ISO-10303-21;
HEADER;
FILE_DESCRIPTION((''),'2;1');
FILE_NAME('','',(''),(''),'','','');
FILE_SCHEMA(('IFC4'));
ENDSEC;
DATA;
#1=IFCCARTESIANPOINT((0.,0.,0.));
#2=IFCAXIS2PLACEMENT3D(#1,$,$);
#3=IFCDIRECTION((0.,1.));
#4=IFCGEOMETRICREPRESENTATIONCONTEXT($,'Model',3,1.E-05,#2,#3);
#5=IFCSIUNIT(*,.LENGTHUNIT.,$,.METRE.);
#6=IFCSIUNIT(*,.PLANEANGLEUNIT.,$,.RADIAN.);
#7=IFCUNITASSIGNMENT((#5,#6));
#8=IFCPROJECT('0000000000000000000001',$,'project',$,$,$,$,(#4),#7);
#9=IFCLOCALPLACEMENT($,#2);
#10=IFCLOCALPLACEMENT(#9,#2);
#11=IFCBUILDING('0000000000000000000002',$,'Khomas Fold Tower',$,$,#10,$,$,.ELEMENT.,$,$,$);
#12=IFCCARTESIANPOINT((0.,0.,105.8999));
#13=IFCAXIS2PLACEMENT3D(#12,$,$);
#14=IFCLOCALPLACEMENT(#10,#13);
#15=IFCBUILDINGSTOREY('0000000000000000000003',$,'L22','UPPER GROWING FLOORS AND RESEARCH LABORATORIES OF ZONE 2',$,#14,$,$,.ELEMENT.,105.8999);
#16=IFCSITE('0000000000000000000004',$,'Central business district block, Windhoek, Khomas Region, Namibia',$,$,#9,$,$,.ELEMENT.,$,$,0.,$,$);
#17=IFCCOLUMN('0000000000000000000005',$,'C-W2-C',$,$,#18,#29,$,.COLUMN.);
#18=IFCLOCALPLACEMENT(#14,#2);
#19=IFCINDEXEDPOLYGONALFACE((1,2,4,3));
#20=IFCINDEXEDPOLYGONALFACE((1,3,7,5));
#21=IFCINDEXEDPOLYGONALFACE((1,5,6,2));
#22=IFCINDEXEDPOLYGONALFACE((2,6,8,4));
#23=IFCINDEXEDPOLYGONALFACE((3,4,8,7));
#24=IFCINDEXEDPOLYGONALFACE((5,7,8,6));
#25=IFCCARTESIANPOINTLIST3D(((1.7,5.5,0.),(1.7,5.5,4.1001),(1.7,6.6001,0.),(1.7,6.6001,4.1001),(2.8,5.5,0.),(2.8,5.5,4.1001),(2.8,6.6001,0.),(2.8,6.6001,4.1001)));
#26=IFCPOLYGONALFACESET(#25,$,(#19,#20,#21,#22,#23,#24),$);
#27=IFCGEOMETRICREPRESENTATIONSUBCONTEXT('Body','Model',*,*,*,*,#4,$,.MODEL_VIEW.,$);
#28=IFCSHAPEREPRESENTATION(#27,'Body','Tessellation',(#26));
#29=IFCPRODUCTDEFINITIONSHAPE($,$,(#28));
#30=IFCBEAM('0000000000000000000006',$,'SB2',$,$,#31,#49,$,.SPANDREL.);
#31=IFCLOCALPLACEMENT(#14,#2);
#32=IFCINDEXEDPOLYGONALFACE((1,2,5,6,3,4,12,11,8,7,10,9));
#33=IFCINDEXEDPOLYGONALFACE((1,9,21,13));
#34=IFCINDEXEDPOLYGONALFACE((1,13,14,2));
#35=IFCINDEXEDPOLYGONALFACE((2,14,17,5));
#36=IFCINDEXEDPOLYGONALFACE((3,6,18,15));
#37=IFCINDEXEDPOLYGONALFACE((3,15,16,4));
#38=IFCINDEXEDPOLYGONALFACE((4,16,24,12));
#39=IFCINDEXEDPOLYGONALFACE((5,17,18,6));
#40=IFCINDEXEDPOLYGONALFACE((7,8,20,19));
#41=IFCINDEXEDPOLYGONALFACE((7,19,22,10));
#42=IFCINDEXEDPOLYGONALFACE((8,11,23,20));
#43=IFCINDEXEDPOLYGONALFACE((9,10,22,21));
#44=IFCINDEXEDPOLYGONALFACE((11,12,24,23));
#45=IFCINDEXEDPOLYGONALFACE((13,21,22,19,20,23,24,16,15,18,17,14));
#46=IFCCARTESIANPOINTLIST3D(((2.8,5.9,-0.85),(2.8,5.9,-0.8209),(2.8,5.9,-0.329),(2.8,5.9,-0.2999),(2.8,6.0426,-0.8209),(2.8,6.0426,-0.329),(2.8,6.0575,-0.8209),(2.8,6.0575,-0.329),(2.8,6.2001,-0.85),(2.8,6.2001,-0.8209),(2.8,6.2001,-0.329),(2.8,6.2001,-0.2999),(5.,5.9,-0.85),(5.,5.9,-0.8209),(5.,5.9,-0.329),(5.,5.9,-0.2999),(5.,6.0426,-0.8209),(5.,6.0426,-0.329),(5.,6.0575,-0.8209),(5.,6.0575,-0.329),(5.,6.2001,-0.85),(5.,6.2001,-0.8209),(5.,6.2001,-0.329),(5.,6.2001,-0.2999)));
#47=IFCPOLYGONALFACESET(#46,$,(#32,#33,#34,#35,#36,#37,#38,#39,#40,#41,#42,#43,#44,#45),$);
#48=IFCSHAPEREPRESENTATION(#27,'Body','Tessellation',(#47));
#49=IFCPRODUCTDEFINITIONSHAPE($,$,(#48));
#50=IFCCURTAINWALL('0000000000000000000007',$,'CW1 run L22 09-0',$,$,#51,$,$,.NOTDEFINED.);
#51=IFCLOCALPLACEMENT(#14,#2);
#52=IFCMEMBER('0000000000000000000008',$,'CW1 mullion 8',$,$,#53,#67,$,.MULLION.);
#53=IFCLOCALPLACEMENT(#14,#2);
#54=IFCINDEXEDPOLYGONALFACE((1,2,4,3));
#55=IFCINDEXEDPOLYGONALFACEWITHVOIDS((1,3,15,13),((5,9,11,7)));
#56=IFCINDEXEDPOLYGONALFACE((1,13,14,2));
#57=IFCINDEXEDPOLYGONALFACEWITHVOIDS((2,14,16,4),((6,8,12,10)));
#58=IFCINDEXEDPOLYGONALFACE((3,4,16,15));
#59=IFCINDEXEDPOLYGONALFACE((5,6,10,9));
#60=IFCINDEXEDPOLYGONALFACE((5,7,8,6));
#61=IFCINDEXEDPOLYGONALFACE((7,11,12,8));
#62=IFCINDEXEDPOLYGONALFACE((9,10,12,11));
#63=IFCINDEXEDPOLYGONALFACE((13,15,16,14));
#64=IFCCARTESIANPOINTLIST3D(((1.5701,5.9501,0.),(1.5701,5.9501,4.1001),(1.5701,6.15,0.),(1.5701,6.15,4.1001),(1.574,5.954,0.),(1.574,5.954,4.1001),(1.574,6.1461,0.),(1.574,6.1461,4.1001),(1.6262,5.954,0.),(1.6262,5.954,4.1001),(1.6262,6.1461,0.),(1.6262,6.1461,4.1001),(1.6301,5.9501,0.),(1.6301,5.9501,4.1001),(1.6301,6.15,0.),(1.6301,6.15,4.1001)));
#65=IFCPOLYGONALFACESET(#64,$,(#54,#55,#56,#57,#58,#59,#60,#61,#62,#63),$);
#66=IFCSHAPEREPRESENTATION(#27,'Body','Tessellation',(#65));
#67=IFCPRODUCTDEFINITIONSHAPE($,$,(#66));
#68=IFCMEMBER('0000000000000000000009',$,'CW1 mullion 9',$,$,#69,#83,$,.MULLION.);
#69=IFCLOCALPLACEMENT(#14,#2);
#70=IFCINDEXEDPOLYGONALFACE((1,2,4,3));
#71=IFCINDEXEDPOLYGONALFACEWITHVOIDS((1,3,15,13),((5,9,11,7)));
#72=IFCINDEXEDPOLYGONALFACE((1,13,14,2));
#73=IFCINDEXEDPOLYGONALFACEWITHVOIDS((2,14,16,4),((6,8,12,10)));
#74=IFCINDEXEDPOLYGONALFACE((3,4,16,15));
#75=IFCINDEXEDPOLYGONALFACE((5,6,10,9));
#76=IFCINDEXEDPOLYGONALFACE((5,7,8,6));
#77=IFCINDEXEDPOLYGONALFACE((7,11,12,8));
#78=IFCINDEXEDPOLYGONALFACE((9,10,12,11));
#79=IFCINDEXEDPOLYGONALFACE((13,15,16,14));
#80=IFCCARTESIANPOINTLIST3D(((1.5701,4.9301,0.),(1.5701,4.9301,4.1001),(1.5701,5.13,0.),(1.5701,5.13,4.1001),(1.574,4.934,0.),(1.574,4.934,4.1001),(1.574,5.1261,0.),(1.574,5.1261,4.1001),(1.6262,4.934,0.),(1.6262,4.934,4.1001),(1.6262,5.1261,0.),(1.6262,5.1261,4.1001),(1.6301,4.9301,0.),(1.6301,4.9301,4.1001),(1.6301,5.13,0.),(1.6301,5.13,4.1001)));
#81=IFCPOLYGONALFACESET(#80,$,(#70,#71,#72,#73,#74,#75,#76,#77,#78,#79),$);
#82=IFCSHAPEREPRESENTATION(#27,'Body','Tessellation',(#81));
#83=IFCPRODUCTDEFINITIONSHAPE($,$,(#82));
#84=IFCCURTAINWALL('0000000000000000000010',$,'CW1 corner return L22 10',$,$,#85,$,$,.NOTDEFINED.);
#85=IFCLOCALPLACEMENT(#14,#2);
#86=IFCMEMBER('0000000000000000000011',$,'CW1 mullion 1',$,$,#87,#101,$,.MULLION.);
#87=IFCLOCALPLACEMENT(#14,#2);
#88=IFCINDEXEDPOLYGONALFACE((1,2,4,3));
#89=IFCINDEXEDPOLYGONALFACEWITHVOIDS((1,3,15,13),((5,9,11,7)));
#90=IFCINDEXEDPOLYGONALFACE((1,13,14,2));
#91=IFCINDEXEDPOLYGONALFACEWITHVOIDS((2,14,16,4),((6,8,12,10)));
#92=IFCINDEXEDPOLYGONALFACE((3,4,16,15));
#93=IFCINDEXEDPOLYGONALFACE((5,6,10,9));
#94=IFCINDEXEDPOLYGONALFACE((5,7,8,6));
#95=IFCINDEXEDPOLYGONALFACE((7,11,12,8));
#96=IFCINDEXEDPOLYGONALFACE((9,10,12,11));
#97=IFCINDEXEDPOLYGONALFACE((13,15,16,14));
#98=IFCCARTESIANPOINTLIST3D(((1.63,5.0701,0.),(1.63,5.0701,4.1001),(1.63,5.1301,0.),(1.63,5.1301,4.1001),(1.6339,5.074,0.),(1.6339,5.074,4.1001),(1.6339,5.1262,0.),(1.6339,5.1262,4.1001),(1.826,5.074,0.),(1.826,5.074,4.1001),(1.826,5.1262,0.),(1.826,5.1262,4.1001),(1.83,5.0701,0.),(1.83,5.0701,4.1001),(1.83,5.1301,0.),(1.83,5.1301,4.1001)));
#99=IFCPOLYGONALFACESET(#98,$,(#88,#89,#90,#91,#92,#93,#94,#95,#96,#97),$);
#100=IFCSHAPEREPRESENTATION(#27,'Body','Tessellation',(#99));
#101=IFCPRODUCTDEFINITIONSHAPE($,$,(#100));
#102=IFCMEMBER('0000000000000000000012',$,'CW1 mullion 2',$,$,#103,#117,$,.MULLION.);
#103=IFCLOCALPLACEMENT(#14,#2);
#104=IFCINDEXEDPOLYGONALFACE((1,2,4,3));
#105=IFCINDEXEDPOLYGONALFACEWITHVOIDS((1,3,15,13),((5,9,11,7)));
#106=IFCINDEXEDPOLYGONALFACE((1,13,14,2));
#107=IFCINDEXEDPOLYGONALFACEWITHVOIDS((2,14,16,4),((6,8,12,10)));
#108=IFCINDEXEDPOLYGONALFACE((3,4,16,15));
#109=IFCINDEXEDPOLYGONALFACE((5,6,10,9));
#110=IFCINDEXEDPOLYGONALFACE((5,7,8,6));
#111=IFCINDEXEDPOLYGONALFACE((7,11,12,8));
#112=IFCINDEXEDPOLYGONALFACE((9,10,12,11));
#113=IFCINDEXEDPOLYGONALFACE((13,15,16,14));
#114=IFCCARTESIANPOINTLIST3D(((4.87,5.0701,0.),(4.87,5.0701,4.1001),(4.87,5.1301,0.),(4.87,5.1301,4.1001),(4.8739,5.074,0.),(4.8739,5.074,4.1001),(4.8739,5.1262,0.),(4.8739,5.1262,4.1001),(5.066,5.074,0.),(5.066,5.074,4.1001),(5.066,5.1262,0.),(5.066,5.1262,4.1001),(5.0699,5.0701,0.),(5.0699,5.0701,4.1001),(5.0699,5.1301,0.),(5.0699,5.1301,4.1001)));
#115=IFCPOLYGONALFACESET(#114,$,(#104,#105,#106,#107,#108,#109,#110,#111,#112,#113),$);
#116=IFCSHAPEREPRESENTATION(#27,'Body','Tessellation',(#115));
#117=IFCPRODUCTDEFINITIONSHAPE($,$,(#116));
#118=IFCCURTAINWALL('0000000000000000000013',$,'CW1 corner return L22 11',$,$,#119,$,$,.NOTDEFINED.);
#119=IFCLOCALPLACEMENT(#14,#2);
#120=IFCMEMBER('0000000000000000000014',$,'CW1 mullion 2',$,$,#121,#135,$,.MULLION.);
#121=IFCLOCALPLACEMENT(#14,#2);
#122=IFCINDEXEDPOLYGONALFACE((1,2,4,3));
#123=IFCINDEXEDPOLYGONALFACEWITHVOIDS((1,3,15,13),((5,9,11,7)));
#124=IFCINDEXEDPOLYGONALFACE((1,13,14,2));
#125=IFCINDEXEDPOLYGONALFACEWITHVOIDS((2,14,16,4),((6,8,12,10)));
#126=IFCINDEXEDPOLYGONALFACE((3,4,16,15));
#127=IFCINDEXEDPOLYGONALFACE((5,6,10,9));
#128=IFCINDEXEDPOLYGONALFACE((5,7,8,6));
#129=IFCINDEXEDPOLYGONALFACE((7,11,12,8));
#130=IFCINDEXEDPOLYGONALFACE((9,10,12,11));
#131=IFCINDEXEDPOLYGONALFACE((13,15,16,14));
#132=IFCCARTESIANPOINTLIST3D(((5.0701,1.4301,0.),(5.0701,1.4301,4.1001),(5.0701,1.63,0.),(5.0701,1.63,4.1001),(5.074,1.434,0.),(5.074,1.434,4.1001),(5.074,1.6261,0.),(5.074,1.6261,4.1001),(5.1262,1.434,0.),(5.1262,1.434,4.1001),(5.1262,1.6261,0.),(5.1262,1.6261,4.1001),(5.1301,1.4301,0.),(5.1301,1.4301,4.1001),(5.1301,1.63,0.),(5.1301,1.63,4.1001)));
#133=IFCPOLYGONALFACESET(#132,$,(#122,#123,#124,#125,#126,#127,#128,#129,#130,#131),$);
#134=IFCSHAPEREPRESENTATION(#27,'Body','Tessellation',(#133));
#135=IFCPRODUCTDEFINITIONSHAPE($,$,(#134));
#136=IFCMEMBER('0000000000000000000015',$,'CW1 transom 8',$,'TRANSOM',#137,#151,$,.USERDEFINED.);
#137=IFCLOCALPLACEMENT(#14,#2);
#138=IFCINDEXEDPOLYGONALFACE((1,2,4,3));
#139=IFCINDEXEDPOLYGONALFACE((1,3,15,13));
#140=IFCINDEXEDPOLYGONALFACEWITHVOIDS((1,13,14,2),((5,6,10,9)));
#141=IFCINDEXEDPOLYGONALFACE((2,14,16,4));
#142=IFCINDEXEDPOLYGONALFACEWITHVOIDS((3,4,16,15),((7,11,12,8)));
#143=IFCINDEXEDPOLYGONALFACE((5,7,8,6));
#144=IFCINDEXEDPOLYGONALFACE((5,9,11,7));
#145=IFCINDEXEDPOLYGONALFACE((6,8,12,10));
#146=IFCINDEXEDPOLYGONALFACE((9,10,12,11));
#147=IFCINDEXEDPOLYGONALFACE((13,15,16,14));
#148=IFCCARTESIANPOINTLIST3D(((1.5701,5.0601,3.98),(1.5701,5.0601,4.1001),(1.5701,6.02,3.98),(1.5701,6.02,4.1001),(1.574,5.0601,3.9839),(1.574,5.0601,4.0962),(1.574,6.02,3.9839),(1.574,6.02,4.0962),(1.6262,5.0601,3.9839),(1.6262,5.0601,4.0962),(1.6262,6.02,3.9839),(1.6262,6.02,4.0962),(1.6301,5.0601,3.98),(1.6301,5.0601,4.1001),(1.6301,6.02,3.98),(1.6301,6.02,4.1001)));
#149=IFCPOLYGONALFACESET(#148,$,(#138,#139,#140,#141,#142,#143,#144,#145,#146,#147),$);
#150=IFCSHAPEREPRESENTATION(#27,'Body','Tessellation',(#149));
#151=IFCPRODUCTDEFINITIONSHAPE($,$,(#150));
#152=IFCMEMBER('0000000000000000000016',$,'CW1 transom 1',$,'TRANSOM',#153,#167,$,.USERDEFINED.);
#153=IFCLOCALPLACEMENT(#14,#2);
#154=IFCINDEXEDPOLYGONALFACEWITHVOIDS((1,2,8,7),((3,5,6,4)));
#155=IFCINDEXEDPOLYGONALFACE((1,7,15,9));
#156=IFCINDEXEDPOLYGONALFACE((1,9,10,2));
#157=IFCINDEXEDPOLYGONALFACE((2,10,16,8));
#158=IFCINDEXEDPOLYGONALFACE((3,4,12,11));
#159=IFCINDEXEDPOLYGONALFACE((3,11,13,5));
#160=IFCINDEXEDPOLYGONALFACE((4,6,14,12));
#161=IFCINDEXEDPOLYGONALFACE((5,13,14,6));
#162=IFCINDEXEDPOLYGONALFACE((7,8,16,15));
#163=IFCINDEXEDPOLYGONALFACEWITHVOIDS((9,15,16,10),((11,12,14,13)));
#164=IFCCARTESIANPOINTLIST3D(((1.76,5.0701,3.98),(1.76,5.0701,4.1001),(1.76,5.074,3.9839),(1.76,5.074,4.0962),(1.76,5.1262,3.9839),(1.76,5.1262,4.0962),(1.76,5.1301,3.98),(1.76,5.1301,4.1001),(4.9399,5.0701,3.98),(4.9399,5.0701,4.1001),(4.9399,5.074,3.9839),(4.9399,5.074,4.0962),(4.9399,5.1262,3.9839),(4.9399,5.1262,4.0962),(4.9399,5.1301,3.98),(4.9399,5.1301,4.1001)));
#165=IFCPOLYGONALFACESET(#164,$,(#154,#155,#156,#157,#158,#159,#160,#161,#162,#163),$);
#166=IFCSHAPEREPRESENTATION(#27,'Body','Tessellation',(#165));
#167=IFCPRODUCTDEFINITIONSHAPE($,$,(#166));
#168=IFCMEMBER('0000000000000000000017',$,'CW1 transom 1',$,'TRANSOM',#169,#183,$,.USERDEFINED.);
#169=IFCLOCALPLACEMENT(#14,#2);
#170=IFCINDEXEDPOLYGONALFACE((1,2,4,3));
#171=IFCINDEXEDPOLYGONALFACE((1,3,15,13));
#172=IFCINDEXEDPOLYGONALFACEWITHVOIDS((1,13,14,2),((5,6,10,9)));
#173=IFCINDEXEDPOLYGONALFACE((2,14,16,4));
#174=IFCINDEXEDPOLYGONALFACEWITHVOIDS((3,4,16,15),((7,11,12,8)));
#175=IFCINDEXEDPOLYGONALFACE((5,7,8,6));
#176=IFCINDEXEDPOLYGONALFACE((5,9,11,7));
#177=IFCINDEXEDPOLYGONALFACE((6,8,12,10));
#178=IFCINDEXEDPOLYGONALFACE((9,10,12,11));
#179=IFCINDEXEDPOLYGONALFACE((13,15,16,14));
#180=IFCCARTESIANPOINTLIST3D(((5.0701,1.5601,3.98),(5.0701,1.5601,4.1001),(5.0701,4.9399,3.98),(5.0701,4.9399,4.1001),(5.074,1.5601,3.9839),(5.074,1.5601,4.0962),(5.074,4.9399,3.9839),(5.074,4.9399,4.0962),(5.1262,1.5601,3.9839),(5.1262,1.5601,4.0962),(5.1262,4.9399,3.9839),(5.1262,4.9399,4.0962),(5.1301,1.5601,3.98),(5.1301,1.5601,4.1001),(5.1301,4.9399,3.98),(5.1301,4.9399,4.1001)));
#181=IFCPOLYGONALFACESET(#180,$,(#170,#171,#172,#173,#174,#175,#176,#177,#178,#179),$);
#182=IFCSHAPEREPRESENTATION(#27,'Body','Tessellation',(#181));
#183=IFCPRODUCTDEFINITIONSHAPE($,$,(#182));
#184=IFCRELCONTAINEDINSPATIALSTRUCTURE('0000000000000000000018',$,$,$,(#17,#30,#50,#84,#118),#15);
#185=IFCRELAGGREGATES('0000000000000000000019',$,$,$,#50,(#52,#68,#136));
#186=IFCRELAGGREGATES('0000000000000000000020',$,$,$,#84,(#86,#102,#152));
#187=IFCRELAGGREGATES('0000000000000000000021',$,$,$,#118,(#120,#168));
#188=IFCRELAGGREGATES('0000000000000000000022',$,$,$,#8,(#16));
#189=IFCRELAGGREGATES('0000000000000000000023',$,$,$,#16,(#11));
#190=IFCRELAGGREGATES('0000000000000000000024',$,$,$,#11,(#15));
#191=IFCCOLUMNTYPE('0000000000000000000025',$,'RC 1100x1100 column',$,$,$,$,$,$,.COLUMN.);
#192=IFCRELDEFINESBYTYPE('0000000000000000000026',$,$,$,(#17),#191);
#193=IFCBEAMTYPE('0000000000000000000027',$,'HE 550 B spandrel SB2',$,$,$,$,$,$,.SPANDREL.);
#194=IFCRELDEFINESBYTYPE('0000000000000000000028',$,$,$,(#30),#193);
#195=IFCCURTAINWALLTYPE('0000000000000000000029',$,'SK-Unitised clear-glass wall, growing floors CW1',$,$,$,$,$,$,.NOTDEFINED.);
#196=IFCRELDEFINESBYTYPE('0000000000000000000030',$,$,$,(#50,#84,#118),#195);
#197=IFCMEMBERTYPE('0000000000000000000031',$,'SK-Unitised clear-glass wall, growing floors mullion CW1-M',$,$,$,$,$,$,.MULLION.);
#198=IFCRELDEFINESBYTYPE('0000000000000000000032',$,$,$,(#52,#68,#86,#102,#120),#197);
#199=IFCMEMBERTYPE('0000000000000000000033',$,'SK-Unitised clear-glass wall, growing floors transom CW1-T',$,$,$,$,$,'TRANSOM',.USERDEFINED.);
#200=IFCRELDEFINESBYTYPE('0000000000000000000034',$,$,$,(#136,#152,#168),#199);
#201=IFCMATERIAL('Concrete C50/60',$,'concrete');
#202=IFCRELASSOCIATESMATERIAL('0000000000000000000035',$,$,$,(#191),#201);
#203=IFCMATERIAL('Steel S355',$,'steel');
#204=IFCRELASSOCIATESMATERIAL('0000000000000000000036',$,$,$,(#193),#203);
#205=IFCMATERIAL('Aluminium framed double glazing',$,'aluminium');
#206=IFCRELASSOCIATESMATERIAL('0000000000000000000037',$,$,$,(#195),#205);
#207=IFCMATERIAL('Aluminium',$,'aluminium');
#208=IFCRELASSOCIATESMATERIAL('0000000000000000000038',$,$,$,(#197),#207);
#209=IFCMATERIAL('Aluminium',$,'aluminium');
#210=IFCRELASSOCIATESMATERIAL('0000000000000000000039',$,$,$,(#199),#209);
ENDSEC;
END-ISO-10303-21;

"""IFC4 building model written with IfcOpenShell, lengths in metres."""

from ifc_helpers import new_model, si_unit, direction, frame, origin, origin_2d, place, context, subcontext, project, spatial, rectangle, hollow_rectangle, i_section, extrude, source, transform, mapped, material, material_profile, profile_set, type_object, element, aggregate, save


model = new_model("IFC4")

# Units and contexts
model_context = context("Model", 3, precision=1e-05, world=origin(), true_north=direction((0.0, 1.0)))
body_context = subcontext(model_context, "Body", "Model", "MODEL_VIEW")
ifc_project = project(units=[si_unit("LENGTHUNIT", "METRE"), si_unit("PLANEANGLEUNIT", "RADIAN")], contexts=[model_context])

# Site, building, storey
site_placement = place(None, origin())
site = spatial("IfcSite", under=ifc_project, at=site_placement, Name="Central business district block, Windhoek, Khomas Region, Namibia", CompositionType="ELEMENT", RefElevation=0.0)
building_placement = place(site_placement, origin())
building = spatial("IfcBuilding", under=site, at=building_placement, Name="Khomas Fold Tower", CompositionType="ELEMENT")
storey_placement = place(building_placement, frame((0.0, 0.0, 105.8999)))
storey = spatial("IfcBuildingStorey", under=building, at=storey_placement, Name="L22", Description="UPPER GROWING FLOORS AND RESEARCH LABORATORIES OF ZONE 2", CompositionType="ELEMENT", Elevation=105.8999)

# Column
ifc_material_1 = material(Name="Concrete C50/60", Category="concrete")
ifc_material_profile_1 = material_profile(ifc_material_1, rectangle(XDim=1.1001, YDim=1.1001, at=origin_2d()), Name="RC 1100x1100")
ifc_profile_set_1 = profile_set([ifc_material_profile_1], Name="Concrete C50/60")
column_type = type_object("IfcColumnType", Name="RC 1100x1100 column", PredefinedType="COLUMN", material=ifc_profile_set_1)
shared_shape_1 = source(origin(), body_context, "Body", "SweptSolid", [
    extrude(rectangle(XDim=1.1001, YDim=1.1001, at=origin_2d()), origin(), (0.0, 0.0, 1.0), 4.1001),
])
column_placement = place(storey_placement, frame((2.25, 6.05, 0.0), z_axis=(0.0, 0.0, 1.0), x_axis=(1.0, 0.0, 0.0)))
element("IfcColumn", 1, at=column_placement, inside=storey, type_object=column_type, Name="C-W2-C", PredefinedType="COLUMN", context=body_context, shape_type="MappedRepresentation", body=[
    mapped(shared_shape_1, transform((0.0, 0.0, 0.0))),
])

# Beam
ifc_material_2 = material(Name="Steel S355", Category="steel")
ifc_material_profile_2 = material_profile(ifc_material_2, i_section(OverallWidth=0.3, OverallDepth=0.55, WebThickness=0.0149, FlangeThickness=0.0291, at=origin_2d()), Name="HE 550 B")
ifc_profile_set_2 = profile_set([ifc_material_profile_2], Name="Steel S355")
beam_type = type_object("IfcBeamType", Name="HE 550 B spandrel SB2", PredefinedType="SPANDREL", material=ifc_profile_set_2)
shared_shape_2 = source(origin(), body_context, "Body", "SweptSolid", [
    extrude(i_section(OverallWidth=0.3, OverallDepth=0.55, WebThickness=0.0149, FlangeThickness=0.0291, at=origin_2d()), origin(), (0.0, 0.0, 1.0), 2.2),
])
beam_placement = place(storey_placement, frame((2.8, 6.05, -0.575), z_axis=(1.0, 0.0, 0.0), x_axis=(0.0, 1.0, 0.0)))
element("IfcBeam", 2, at=beam_placement, inside=storey, type_object=beam_type, Name="SB2", PredefinedType="SPANDREL", context=body_context, shape_type="MappedRepresentation", body=[
    mapped(shared_shape_2, transform((0.0, 0.0, 0.0))),
])

# Curtain walls, members
ifc_material_3 = material(Name="Aluminium framed double glazing", Category="aluminium")
curtain_wall_type = type_object("IfcCurtainWallType", Name="SK-Unitised clear-glass wall, growing floors CW1", PredefinedType="NOTDEFINED", material=ifc_material_3)
curtain_wall_1_placement = place(storey_placement, origin())
curtain_wall_1 = element("IfcCurtainWall", 3, at=curtain_wall_1_placement, inside=storey, type_object=curtain_wall_type, Name="CW1 run L22 09-0", PredefinedType="NOTDEFINED")
ifc_material_4 = material(Name="Aluminium", Category="aluminium")
ifc_material_profile_3 = material_profile(ifc_material_4, hollow_rectangle(XDim=0.0601, YDim=0.2, WallThickness=0.0039, at=origin_2d()), Name="SK-Unitised clear-glass wall, growing floors mullion CW1-M")
ifc_profile_set_3 = profile_set([ifc_material_profile_3], Name="Aluminium")
member_type_1 = type_object("IfcMemberType", Name="SK-Unitised clear-glass wall, growing floors mullion CW1-M", PredefinedType="MULLION", material=ifc_profile_set_3)
shared_shape_3 = source(origin(), body_context, "Body", "SweptSolid", [
    extrude(hollow_rectangle(XDim=0.0601, YDim=0.2, WallThickness=0.0039, at=origin_2d()), origin(), (0.0, 0.0, 1.0), 4.1001),
])
member_1_placement = place(storey_placement, frame((1.6001, 6.05, 0.0), z_axis=(0.0, 0.0, 1.0), x_axis=(1.0, 0.0, 0.0)))
member_1 = element("IfcMember", 4, at=member_1_placement, type_object=member_type_1, Name="CW1 mullion 8", PredefinedType="MULLION", context=body_context, shape_type="MappedRepresentation", body=[
    mapped(shared_shape_3, transform((0.0, 0.0, 0.0))),
])
member_2_placement = place(storey_placement, frame((1.6001, 5.03, 0.0), z_axis=(0.0, 0.0, 1.0), x_axis=(1.0, 0.0, 0.0)))
member_2 = element("IfcMember", 5, at=member_2_placement, type_object=member_type_1, Name="CW1 mullion 9", PredefinedType="MULLION", context=body_context, shape_type="MappedRepresentation", body=[
    mapped(shared_shape_3, transform((0.0, 0.0, 0.0))),
])
curtain_wall_2_placement = place(storey_placement, origin())
curtain_wall_2 = element("IfcCurtainWall", 6, at=curtain_wall_2_placement, inside=storey, type_object=curtain_wall_type, Name="CW1 corner return L22 10", PredefinedType="NOTDEFINED")
member_3_placement = place(storey_placement, frame((1.73, 5.1001, 0.0), z_axis=(0.0, 0.0, 1.0), x_axis=(0.0, 1.0, 0.0)))
member_3 = element("IfcMember", 7, at=member_3_placement, type_object=member_type_1, Name="CW1 mullion 1", PredefinedType="MULLION", context=body_context, shape_type="MappedRepresentation", body=[
    mapped(shared_shape_3, transform((0.0, 0.0, 0.0))),
])
member_4_placement = place(storey_placement, frame((4.97, 5.1001, 0.0), z_axis=(0.0, 0.0, 1.0), x_axis=(0.0, 1.0, 0.0)))
member_4 = element("IfcMember", 8, at=member_4_placement, type_object=member_type_1, Name="CW1 mullion 2", PredefinedType="MULLION", context=body_context, shape_type="MappedRepresentation", body=[
    mapped(shared_shape_3, transform((0.0, 0.0, 0.0))),
])

# Curtain wall, member
curtain_wall_3_placement = place(storey_placement, origin())
curtain_wall_3 = element("IfcCurtainWall", 9, at=curtain_wall_3_placement, inside=storey, type_object=curtain_wall_type, Name="CW1 corner return L22 11", PredefinedType="NOTDEFINED")
member_5_placement = place(storey_placement, frame((5.1001, 1.53, 0.0), z_axis=(0.0, 0.0, 1.0), x_axis=(1.0, 0.0, 0.0)))
member_5 = element("IfcMember", 10, at=member_5_placement, type_object=member_type_1, Name="CW1 mullion 2", PredefinedType="MULLION", context=body_context, shape_type="MappedRepresentation", body=[
    mapped(shared_shape_3, transform((0.0, 0.0, 0.0))),
])

# Members
ifc_material_5 = material(Name="Aluminium", Category="aluminium")
ifc_material_profile_4 = material_profile(ifc_material_5, hollow_rectangle(XDim=0.0601, YDim=0.1201, WallThickness=0.0039, at=origin_2d()), Name="SK-Unitised clear-glass wall, growing floors transom CW1-T")
ifc_profile_set_4 = profile_set([ifc_material_profile_4], Name="Aluminium")
member_type_2 = type_object("IfcMemberType", Name="SK-Unitised clear-glass wall, growing floors transom CW1-T", ElementType="TRANSOM", PredefinedType="USERDEFINED", material=ifc_profile_set_4)
shared_shape_4 = source(origin(), body_context, "Body", "SweptSolid", [
    extrude(hollow_rectangle(XDim=0.0601, YDim=0.1201, WallThickness=0.0039, at=origin_2d()), origin(), (0.0, 0.0, 1.0), 0.96),
])
member_6_placement = place(storey_placement, frame((1.6001, 6.02, 4.04), z_axis=(0.0, -1.0, 0.0), x_axis=(1.0, 0.0, 0.0)))
member_6 = element("IfcMember", 11, at=member_6_placement, type_object=member_type_2, Name="CW1 transom 8", ObjectType="TRANSOM", PredefinedType="USERDEFINED", context=body_context, shape_type="MappedRepresentation", body=[
    mapped(shared_shape_4, transform((0.0, 0.0, 0.0))),
])
shared_shape_5 = source(origin(), body_context, "Body", "SweptSolid", [
    extrude(hollow_rectangle(XDim=0.0601, YDim=0.1201, WallThickness=0.0039, at=origin_2d()), origin(), (0.0, 0.0, 1.0), 3.1799),
])
member_7_placement = place(storey_placement, frame((1.76, 5.1001, 4.04), z_axis=(1.0, 0.0, 0.0), x_axis=(0.0, 1.0, 0.0)))
member_7 = element("IfcMember", 12, at=member_7_placement, type_object=member_type_2, Name="CW1 transom 1", ObjectType="TRANSOM", PredefinedType="USERDEFINED", context=body_context, shape_type="MappedRepresentation", body=[
    mapped(shared_shape_5, transform((0.0, 0.0, 0.0))),
])
shared_shape_6 = source(origin(), body_context, "Body", "SweptSolid", [
    extrude(hollow_rectangle(XDim=0.0601, YDim=0.1201, WallThickness=0.0039, at=origin_2d()), origin(), (0.0, 0.0, 1.0), 3.3799),
])
member_8_placement = place(storey_placement, frame((5.1001, 4.9399, 4.04), z_axis=(0.0, -1.0, 0.0), x_axis=(1.0, 0.0, 0.0)))
member_8 = element("IfcMember", 13, at=member_8_placement, type_object=member_type_2, Name="CW1 transom 1", ObjectType="TRANSOM", PredefinedType="USERDEFINED", context=body_context, shape_type="MappedRepresentation", body=[
    mapped(shared_shape_6, transform((0.0, 0.0, 0.0))),
])

aggregate(curtain_wall_1, [member_1, member_2, member_6])
aggregate(curtain_wall_2, [member_3, member_4, member_7])
aggregate(curtain_wall_3, [member_5, member_8])

save(model, "model.ifc")
